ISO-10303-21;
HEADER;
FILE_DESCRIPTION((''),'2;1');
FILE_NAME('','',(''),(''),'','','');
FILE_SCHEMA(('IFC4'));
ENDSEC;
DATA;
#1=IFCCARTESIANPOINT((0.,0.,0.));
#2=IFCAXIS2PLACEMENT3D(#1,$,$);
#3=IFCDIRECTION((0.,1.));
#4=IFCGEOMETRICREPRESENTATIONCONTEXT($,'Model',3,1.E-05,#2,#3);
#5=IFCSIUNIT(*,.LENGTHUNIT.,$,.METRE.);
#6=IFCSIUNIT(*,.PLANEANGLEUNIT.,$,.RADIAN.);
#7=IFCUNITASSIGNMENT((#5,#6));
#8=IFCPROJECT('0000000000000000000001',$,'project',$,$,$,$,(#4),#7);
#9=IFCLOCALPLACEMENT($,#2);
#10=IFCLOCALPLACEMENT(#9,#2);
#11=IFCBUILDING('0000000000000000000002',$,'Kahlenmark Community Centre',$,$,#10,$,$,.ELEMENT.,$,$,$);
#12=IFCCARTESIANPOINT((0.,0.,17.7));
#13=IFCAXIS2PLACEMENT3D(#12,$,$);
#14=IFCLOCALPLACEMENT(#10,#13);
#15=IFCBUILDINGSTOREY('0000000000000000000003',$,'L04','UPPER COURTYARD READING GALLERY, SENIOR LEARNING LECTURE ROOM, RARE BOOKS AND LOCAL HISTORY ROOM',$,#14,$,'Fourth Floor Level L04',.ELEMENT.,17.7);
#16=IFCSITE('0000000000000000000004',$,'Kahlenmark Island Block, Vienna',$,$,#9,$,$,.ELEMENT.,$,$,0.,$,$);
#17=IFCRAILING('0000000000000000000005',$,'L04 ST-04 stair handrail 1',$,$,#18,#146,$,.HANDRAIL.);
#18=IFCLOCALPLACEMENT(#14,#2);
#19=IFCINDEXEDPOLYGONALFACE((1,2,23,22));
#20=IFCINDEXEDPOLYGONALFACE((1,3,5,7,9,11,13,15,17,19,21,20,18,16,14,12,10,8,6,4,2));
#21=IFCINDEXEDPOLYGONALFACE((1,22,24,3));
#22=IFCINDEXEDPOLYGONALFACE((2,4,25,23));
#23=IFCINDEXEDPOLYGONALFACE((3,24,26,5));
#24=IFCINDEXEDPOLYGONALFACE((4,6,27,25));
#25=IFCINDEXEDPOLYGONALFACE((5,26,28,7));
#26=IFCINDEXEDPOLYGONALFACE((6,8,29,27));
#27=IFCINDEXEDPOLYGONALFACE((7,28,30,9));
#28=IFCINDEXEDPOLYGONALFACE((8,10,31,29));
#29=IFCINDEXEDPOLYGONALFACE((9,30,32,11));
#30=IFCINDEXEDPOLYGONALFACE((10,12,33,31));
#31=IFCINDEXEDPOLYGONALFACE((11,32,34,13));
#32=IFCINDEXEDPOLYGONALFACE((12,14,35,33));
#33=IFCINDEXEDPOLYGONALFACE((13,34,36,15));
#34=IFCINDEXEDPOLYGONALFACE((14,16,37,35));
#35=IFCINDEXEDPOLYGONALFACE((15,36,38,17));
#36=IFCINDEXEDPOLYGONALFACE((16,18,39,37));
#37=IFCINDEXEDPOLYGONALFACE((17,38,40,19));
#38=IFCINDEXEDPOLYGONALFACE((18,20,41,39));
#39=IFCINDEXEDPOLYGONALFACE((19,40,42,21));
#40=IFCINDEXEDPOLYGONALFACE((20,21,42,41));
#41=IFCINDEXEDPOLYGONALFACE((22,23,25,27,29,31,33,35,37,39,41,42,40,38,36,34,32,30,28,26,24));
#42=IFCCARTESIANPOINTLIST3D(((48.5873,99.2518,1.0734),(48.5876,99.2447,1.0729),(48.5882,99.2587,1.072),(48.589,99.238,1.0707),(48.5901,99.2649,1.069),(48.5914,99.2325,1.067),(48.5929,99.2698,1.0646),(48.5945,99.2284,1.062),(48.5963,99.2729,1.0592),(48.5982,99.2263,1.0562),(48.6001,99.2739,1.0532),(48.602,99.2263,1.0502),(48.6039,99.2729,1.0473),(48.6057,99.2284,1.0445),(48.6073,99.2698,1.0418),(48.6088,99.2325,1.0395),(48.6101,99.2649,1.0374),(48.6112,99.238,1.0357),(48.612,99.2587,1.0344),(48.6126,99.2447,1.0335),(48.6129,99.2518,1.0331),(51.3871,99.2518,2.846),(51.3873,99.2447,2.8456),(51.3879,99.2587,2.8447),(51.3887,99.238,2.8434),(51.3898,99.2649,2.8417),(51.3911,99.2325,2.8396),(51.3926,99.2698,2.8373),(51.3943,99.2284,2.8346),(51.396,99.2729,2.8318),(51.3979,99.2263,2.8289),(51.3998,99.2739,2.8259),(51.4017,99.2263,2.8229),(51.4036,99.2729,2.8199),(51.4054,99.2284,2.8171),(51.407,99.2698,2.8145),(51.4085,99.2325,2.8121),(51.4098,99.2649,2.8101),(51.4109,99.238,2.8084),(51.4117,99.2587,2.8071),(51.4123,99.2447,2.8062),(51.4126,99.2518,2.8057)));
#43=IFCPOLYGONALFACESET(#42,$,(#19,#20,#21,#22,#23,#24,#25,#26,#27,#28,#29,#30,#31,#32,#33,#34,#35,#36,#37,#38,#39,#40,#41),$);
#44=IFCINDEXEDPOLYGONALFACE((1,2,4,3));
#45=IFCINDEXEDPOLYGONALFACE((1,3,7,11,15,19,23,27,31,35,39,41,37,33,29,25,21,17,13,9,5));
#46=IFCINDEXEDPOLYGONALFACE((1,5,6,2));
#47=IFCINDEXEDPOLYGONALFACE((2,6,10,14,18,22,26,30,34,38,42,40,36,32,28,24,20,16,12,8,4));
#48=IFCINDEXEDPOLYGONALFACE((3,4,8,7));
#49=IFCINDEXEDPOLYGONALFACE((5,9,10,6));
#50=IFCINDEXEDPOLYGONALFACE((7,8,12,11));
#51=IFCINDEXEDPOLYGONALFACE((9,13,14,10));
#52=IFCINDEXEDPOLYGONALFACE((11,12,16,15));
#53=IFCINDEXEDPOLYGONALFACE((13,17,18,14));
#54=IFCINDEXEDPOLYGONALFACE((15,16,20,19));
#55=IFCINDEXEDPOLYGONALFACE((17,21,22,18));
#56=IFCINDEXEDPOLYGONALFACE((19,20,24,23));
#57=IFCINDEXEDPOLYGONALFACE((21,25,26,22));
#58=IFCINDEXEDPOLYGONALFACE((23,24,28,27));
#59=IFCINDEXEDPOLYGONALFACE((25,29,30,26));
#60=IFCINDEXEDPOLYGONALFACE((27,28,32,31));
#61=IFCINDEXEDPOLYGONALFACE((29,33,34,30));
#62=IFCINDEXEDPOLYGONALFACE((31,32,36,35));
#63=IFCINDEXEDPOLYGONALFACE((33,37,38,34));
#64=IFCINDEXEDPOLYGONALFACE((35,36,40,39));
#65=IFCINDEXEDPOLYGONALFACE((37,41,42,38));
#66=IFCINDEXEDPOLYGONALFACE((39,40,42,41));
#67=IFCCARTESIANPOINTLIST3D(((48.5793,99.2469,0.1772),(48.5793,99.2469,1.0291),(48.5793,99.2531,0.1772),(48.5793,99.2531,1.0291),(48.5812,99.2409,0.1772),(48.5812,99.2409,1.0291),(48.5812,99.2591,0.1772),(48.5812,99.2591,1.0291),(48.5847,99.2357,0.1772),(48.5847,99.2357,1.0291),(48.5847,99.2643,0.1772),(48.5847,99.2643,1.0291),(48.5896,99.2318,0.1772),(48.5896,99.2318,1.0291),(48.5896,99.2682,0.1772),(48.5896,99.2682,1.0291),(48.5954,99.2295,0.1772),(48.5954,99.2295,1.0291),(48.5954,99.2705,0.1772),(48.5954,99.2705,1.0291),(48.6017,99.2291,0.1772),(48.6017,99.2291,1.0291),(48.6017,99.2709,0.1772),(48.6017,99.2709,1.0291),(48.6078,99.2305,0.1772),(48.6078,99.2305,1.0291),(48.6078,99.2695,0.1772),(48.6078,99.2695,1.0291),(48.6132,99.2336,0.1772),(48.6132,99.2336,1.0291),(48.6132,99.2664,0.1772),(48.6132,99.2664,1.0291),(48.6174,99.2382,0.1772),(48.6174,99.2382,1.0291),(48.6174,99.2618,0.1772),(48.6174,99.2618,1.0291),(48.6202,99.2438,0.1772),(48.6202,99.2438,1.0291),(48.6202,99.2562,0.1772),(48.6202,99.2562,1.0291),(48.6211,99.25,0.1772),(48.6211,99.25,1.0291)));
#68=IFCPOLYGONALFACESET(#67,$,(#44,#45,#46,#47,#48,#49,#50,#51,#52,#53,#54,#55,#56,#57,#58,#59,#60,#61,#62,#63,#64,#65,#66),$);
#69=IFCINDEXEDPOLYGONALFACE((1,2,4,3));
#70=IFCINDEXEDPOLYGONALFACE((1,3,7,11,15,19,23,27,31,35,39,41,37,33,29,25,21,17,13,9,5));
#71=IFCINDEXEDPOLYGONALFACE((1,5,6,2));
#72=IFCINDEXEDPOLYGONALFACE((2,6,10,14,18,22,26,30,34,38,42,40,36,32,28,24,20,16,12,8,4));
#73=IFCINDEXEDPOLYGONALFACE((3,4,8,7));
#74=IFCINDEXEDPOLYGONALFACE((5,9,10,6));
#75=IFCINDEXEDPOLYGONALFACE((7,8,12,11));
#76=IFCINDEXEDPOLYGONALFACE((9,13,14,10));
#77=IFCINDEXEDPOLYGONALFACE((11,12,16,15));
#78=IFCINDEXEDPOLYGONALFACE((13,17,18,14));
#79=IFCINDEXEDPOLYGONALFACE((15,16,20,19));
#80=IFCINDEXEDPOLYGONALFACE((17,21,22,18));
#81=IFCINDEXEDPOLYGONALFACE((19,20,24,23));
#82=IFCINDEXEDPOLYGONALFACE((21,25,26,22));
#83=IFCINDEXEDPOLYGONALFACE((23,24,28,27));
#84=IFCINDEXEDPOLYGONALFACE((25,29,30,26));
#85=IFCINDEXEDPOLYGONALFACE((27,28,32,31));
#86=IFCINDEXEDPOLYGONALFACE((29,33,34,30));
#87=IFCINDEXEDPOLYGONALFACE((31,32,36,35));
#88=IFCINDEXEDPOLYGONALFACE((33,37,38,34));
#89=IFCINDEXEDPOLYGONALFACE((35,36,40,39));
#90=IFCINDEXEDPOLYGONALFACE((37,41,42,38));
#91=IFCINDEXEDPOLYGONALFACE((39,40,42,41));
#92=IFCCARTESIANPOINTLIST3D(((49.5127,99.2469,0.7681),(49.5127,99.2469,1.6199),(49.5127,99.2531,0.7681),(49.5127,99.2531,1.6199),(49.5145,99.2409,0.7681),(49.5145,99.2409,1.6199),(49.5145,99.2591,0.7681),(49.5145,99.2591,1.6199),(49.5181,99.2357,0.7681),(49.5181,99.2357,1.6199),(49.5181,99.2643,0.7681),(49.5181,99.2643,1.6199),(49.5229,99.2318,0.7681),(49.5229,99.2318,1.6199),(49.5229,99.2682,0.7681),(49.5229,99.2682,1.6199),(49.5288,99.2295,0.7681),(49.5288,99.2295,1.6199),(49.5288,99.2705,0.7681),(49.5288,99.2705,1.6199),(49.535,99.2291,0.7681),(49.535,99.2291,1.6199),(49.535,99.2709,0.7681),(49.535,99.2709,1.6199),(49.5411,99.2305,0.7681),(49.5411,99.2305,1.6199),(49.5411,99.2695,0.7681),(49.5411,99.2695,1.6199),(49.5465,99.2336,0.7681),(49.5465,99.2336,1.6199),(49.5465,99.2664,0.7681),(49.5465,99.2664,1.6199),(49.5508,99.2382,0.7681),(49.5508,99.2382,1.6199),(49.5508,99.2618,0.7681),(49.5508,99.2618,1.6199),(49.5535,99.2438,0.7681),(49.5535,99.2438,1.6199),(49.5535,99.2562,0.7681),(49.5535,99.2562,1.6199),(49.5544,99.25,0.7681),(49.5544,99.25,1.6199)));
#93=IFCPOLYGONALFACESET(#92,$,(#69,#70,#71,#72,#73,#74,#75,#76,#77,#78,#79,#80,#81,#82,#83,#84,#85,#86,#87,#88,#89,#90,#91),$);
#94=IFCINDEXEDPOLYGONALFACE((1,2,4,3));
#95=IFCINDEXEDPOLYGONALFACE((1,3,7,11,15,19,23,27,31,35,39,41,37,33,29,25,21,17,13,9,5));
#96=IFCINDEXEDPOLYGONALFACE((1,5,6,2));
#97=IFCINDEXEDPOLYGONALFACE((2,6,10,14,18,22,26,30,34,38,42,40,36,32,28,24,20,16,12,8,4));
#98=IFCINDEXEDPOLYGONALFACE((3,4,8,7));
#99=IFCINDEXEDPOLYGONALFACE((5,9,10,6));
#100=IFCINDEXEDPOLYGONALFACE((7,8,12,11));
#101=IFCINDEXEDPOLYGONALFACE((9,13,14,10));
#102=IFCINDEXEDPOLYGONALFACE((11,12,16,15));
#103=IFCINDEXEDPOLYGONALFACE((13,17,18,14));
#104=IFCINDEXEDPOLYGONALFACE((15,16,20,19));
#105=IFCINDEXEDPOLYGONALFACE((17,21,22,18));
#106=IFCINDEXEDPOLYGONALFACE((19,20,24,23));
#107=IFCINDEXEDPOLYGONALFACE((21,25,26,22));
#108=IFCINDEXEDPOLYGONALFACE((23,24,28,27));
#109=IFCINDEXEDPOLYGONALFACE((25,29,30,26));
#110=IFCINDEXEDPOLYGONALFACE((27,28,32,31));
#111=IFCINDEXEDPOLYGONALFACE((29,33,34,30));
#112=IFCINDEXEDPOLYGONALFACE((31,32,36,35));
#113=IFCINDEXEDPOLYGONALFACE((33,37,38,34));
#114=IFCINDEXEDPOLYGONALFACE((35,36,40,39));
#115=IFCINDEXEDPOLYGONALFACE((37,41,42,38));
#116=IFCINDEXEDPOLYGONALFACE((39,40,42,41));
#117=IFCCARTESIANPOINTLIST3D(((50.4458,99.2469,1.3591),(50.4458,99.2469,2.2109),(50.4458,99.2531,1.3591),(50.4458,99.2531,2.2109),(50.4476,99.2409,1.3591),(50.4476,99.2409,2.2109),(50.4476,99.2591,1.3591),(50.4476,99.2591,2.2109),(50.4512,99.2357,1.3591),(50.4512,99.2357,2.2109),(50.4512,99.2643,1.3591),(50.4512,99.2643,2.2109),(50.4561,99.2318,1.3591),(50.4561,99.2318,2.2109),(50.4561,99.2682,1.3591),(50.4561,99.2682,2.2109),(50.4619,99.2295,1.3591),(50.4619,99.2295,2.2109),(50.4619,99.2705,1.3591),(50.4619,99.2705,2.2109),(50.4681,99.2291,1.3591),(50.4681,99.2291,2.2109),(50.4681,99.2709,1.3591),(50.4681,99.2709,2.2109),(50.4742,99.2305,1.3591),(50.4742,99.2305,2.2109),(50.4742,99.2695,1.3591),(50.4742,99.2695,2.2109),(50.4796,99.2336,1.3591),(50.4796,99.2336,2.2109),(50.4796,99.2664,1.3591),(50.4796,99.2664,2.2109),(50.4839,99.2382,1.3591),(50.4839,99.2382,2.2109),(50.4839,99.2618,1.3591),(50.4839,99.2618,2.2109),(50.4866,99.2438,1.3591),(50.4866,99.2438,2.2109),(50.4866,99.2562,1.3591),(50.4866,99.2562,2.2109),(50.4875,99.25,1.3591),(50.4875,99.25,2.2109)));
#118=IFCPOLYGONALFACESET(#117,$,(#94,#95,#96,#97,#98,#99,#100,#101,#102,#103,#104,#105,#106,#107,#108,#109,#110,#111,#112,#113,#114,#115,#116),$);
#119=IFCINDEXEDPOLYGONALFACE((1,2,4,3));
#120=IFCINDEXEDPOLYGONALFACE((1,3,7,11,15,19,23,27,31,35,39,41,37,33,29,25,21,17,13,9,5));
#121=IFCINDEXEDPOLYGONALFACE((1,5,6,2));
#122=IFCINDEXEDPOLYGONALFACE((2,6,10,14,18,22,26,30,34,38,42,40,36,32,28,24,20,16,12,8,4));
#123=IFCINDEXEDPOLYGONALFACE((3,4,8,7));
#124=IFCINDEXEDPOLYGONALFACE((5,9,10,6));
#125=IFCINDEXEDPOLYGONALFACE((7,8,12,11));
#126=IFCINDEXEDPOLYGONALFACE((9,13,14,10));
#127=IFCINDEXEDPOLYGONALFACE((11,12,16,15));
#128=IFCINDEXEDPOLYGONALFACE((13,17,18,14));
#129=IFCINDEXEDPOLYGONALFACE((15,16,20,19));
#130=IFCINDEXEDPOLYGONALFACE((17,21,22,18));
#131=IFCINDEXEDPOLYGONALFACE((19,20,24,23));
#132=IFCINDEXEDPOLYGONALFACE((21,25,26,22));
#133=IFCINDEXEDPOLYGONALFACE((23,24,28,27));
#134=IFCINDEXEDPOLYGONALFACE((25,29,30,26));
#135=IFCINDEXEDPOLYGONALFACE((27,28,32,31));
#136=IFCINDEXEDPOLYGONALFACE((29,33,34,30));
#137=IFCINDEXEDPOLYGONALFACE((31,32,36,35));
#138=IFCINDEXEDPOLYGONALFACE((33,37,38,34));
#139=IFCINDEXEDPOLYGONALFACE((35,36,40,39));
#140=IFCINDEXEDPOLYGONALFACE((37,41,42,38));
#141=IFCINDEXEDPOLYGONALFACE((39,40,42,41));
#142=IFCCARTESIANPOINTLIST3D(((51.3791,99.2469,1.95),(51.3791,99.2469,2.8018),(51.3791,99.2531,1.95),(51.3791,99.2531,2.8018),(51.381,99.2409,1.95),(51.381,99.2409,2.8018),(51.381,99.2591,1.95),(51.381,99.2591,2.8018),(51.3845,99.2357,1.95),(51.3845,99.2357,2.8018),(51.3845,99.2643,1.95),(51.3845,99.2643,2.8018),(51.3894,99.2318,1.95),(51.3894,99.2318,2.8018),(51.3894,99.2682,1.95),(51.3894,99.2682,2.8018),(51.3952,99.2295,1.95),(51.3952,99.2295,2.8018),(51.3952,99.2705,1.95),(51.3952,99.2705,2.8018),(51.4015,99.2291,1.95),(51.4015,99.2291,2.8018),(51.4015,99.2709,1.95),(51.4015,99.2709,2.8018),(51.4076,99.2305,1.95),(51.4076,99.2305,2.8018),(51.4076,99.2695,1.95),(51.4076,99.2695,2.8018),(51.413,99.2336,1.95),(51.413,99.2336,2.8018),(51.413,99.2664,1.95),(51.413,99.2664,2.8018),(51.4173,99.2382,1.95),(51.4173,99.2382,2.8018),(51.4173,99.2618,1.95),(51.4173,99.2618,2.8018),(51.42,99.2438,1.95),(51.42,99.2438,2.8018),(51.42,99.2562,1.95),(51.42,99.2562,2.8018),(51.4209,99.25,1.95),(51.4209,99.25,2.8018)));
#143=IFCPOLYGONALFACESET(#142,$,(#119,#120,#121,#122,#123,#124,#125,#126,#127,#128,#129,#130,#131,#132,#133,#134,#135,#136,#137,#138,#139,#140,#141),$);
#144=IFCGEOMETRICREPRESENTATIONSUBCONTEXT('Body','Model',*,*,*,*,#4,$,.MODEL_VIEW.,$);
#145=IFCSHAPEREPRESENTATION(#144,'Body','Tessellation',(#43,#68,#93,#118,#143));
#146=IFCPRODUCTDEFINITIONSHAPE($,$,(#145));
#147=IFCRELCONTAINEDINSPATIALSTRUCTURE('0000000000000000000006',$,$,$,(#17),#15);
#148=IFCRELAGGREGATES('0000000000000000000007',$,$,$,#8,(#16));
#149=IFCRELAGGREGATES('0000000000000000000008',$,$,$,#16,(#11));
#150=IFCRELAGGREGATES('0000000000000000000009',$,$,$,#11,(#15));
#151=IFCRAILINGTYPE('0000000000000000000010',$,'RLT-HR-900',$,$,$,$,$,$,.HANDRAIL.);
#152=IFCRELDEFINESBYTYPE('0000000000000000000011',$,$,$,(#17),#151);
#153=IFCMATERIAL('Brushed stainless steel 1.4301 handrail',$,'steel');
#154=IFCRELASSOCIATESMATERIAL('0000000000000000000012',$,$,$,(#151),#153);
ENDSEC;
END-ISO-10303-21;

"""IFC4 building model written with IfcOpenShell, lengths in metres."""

from ifc_helpers import new_model, si_unit, direction, frame, origin, origin_2d, place, context, subcontext, project, spatial, circle, extrude, material, type_object, element, save


model = new_model("IFC4")

# Units and contexts
model_context = context("Model", 3, precision=1e-05, world=origin(), true_north=direction((0.0, 1.0)))
body_context = subcontext(model_context, "Body", "Model", "MODEL_VIEW")
ifc_project = project(units=[si_unit("LENGTHUNIT", "METRE"), si_unit("PLANEANGLEUNIT", "RADIAN")], contexts=[model_context])

# Site, building, storey
site_placement = place(None, origin())
site = spatial("IfcSite", under=ifc_project, at=site_placement, Name="Kahlenmark Island Block, Vienna", CompositionType="ELEMENT", RefElevation=0.0)
building_placement = place(site_placement, origin())
building = spatial("IfcBuilding", under=site, at=building_placement, Name="Kahlenmark Community Centre", CompositionType="ELEMENT")
storey_placement = place(building_placement, frame((0.0, 0.0, 17.7)))
storey = spatial("IfcBuildingStorey", under=building, at=storey_placement, Name="L04", Description="UPPER COURTYARD READING GALLERY, SENIOR LEARNING LECTURE ROOM, RARE BOOKS AND LOCAL HISTORY ROOM", LongName="Fourth Floor Level L04", CompositionType="ELEMENT", Elevation=17.7)

# Railing
ifc_material_1 = material(Name="Brushed stainless steel 1.4301 handrail", Category="steel")
railing_type_1 = type_object("IfcRailingType", Name="RLT-HR-900", PredefinedType="HANDRAIL", material=ifc_material_1)
railing_1_placement = place(storey_placement, frame((48.6001, 99.25, 0.1772)))
element("IfcRailing", 1, at=railing_1_placement, inside=storey, type_object=railing_type_1, Name="L04 ST-04 stair handrail 1", PredefinedType="HANDRAIL", context=body_context, shape_type="SweptSolid", body=[
    extrude(circle(Radius=0.0239, at=origin_2d()), frame((0.0, 0.0, 0.876), z_axis=(0.844888, 0.0, 0.534943), x_axis=(0.0, 1.0, 0.0)), (0.0, 0.0, 1.0), 3.3137),
    extrude(circle(Radius=0.021, at=origin_2d()), origin(), (0.0, 0.0, 1.0), 0.8518),
    extrude(circle(Radius=0.021, at=origin_2d()), frame((0.9333, 0.0, 0.5908)), (0.0, 0.0, 1.0), 0.8518),
    extrude(circle(Radius=0.021, at=origin_2d()), frame((1.8665, 0.0, 1.1819)), (0.0, 0.0, 1.0), 0.8518),
    extrude(circle(Radius=0.021, at=origin_2d()), frame((2.7998, 0.0, 1.7727)), (0.0, 0.0, 1.0), 0.8518),
])

save(model, "model.ifc")
